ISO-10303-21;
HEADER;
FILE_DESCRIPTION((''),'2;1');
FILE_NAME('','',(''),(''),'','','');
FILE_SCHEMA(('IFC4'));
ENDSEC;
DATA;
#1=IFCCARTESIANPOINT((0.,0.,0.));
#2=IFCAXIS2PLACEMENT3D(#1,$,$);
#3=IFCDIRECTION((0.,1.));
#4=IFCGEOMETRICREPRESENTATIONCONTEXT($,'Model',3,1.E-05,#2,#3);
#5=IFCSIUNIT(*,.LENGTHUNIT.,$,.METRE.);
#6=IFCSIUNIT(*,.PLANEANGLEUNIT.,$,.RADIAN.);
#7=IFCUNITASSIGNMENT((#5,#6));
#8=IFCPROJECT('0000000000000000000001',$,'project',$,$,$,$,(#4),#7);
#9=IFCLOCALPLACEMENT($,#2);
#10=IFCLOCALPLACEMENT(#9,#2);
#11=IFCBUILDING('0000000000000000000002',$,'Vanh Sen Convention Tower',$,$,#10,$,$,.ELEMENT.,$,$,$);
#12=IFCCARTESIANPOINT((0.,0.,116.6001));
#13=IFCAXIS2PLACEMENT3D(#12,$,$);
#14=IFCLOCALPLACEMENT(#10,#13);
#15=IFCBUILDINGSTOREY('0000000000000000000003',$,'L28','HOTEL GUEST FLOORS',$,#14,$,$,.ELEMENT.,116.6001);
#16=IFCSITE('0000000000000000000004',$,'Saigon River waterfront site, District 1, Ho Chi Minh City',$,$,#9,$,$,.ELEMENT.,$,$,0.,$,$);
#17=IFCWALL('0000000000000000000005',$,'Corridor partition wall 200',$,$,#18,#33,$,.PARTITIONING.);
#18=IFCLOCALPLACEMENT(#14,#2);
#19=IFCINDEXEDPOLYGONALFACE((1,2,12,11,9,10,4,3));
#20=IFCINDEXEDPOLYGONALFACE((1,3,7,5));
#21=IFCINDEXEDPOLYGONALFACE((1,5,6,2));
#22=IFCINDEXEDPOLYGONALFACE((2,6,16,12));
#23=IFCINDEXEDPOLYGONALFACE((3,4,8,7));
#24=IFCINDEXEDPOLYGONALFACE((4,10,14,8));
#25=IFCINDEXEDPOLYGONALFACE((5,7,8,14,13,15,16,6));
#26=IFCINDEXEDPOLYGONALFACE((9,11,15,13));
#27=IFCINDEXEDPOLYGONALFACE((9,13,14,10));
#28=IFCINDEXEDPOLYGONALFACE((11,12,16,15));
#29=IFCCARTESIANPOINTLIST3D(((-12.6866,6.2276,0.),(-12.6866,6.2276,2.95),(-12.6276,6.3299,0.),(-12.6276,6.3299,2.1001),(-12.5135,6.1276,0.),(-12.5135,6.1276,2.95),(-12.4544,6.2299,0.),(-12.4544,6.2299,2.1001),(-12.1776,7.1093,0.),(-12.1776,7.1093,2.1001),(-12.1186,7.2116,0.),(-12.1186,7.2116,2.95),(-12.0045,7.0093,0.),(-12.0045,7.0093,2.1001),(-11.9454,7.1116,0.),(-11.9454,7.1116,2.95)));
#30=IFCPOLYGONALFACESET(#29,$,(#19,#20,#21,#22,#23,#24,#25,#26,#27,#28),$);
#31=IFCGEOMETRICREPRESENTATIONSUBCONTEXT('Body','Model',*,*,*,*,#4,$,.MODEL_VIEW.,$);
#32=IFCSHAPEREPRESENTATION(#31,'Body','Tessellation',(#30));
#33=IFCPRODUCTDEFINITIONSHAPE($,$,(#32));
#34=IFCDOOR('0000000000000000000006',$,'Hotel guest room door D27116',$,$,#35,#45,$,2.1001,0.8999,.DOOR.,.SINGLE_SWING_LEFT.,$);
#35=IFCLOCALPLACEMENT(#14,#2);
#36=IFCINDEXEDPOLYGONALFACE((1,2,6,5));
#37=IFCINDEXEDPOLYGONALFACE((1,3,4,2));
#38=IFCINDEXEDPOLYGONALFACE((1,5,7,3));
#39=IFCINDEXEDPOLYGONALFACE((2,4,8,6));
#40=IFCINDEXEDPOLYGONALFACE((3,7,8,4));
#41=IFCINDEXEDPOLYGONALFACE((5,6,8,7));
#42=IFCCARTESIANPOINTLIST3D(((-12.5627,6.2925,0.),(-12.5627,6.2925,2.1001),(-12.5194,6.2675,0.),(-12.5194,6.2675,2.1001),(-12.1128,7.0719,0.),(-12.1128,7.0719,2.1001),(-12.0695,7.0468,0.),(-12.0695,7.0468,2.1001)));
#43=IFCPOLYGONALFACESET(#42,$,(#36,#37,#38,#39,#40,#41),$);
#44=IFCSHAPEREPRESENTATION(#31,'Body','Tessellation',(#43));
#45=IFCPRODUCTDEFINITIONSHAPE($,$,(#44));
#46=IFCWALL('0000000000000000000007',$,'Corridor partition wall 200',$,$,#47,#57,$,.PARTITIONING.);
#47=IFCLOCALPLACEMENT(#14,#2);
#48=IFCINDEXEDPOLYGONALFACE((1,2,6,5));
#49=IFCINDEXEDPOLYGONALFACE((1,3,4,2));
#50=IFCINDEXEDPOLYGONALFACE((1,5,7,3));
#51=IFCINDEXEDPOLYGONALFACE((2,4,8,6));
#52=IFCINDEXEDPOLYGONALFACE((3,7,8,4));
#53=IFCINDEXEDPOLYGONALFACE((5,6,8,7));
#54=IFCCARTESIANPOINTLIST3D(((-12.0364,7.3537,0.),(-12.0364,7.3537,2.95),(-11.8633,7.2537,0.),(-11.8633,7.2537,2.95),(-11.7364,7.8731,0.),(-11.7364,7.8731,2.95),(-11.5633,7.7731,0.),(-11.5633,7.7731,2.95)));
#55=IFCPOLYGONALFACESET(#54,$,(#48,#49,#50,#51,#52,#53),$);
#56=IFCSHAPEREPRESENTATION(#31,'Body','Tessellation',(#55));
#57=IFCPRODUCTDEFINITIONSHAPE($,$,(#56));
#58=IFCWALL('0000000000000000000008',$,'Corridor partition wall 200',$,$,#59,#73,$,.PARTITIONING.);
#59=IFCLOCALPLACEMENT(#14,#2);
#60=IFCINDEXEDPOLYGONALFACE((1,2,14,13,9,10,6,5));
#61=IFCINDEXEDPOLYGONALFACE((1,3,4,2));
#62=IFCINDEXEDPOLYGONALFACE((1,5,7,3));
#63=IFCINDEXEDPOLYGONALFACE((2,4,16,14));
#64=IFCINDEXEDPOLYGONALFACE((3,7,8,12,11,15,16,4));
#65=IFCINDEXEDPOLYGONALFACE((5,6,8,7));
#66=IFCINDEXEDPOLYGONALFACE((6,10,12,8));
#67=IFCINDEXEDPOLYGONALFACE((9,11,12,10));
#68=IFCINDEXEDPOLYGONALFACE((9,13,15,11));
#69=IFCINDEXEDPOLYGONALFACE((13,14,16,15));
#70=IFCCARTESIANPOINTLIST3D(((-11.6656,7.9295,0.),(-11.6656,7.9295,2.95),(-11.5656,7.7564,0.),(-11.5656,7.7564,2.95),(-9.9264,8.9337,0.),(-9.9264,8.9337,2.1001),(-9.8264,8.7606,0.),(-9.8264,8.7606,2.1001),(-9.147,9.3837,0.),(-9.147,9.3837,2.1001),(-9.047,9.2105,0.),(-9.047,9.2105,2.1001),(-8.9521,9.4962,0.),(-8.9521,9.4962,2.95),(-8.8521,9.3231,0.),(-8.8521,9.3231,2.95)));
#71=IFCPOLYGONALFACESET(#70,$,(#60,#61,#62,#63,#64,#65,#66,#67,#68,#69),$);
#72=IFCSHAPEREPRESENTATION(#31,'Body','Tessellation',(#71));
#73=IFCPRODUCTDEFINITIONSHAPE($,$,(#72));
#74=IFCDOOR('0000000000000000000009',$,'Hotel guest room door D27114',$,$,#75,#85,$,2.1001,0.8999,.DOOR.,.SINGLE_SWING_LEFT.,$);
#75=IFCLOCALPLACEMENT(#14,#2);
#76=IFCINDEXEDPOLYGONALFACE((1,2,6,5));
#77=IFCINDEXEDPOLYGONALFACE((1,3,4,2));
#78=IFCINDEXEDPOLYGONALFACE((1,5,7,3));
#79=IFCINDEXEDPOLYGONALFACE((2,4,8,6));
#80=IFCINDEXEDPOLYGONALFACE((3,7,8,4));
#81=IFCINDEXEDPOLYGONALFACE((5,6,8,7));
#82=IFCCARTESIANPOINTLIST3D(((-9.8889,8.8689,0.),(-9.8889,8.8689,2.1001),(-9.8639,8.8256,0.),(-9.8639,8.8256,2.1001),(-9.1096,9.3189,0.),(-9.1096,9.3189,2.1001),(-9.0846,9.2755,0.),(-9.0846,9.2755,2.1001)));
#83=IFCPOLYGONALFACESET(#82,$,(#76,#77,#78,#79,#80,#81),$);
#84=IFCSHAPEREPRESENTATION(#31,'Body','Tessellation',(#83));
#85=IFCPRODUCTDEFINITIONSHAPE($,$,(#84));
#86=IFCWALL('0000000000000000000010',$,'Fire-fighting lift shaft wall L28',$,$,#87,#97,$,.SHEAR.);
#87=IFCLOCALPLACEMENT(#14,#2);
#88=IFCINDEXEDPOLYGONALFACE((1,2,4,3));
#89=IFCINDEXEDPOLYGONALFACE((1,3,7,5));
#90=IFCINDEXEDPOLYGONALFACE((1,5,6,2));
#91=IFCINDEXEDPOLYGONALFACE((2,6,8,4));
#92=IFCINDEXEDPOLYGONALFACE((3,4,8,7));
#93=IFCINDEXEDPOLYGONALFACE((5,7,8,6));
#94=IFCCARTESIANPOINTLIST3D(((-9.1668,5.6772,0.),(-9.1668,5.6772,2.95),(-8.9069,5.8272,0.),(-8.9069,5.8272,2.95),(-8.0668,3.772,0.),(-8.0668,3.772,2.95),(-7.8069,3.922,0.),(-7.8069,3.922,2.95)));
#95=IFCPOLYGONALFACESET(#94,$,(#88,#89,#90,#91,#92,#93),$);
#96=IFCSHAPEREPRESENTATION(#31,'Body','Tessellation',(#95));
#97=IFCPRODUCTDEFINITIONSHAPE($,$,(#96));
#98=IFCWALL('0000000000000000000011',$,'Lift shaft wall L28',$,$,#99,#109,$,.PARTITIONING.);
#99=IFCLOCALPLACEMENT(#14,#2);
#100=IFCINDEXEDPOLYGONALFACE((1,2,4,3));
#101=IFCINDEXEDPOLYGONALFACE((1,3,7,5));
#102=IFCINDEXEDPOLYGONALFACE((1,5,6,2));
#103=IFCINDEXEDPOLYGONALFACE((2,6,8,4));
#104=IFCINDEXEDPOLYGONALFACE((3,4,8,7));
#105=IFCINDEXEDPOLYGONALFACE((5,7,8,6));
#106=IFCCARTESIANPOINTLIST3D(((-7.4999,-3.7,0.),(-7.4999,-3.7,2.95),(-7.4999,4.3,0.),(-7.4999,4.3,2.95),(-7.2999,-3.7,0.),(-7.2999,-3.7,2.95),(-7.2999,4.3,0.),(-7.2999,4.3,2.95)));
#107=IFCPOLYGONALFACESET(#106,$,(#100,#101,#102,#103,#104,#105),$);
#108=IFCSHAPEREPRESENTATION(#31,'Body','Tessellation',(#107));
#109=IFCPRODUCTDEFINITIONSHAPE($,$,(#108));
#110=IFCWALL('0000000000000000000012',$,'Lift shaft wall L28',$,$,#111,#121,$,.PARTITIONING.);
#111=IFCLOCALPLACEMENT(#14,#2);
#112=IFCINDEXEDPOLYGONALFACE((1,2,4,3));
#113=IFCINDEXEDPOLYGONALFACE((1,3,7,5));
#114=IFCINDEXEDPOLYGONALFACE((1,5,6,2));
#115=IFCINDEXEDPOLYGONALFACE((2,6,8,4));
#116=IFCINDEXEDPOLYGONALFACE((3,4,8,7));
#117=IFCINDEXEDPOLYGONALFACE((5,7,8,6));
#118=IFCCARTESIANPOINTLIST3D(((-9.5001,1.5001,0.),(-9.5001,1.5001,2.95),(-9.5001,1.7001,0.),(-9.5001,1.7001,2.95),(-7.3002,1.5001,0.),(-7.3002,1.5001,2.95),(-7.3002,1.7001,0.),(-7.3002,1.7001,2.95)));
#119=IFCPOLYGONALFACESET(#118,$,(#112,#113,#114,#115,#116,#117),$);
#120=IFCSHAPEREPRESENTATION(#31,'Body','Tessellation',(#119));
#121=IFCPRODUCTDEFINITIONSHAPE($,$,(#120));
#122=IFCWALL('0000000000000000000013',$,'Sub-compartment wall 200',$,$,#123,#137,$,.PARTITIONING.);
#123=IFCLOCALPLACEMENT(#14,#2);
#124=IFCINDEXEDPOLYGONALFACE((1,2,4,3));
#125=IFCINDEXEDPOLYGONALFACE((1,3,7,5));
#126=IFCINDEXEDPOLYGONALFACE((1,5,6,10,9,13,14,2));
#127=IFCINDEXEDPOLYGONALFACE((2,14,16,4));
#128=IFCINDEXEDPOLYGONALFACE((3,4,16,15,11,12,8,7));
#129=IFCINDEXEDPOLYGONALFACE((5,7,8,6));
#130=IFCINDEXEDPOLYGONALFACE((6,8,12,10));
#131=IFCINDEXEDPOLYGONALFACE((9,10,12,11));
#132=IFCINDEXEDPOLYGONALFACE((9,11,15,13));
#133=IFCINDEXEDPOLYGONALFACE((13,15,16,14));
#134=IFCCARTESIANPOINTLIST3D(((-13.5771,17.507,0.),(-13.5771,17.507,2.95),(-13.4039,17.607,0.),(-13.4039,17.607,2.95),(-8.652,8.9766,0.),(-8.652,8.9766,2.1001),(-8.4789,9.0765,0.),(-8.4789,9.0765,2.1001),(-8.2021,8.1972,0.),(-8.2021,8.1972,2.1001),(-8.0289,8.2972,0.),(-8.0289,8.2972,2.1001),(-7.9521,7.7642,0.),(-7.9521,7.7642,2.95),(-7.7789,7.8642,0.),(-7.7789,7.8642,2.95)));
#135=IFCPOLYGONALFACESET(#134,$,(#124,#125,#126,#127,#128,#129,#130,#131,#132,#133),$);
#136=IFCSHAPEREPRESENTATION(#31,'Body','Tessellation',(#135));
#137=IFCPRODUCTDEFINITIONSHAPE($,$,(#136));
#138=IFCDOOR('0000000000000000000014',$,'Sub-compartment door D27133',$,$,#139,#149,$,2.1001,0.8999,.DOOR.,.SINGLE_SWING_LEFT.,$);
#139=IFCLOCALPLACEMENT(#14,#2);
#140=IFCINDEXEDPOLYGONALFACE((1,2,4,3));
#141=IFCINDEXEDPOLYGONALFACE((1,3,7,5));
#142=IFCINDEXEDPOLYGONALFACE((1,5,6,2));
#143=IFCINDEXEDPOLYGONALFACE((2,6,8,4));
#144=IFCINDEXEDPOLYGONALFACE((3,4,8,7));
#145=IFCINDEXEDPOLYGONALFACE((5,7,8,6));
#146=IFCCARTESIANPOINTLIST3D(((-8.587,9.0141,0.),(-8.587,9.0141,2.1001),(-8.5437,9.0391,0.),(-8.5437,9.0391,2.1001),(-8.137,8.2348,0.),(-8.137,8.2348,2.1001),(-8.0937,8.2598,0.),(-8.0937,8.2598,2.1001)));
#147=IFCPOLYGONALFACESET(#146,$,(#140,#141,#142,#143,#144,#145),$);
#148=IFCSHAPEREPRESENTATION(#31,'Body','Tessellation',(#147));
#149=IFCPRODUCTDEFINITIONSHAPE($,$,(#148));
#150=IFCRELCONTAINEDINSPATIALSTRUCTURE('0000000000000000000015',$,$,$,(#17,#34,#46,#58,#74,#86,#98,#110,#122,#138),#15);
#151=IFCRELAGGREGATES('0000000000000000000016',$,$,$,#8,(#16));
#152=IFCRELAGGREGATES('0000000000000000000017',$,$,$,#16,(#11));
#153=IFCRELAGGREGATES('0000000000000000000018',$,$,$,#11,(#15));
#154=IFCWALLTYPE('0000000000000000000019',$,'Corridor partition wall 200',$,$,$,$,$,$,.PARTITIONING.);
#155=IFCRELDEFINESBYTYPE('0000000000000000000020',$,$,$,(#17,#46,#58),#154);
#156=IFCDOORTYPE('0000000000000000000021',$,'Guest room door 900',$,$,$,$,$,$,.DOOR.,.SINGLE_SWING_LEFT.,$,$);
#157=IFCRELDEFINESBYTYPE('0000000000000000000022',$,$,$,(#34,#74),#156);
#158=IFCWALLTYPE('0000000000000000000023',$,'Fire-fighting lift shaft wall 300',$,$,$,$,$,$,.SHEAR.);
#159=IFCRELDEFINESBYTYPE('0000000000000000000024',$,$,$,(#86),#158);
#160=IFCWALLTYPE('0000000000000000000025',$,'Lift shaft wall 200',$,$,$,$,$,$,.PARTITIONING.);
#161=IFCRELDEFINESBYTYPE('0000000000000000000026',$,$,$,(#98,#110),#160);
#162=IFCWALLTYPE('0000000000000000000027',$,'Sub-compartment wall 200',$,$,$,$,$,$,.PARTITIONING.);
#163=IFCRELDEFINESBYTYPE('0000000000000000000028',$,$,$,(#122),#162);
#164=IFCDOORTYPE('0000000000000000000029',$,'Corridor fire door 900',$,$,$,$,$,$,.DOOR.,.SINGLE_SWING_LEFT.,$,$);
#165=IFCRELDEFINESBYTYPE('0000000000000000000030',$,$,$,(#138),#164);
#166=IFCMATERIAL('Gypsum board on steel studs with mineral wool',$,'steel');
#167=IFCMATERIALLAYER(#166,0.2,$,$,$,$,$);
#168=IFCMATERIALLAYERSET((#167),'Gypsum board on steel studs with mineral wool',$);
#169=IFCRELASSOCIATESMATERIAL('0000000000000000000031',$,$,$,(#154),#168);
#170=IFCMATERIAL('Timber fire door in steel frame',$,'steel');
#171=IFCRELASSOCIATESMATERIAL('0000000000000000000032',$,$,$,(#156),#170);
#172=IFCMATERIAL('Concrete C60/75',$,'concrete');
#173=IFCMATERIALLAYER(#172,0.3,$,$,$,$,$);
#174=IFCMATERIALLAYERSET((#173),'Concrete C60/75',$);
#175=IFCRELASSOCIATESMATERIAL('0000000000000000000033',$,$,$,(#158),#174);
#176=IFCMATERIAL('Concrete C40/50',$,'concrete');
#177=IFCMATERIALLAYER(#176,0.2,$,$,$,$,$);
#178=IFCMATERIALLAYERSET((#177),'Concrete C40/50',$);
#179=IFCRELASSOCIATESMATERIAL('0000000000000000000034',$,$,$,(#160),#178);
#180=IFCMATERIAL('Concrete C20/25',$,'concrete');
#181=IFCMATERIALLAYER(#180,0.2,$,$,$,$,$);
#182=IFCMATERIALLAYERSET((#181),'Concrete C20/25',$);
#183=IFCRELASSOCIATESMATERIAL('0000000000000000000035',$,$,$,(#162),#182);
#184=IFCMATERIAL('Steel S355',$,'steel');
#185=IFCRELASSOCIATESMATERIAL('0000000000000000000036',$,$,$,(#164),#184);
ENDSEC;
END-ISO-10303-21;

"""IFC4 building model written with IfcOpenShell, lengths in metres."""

from ifc_helpers import new_model, si_unit, direction, frame, frame_2d, origin, place, context, subcontext, project, spatial, rectangle, extrude, material, layer, layer_set, type_object, element, fill, save


model = new_model("IFC4")

# Units and contexts
model_context = context("Model", 3, precision=1e-05, world=origin(), true_north=direction((0.0, 1.0)))
body_context = subcontext(model_context, "Body", "Model", "MODEL_VIEW")
ifc_project = project(units=[si_unit("LENGTHUNIT", "METRE"), si_unit("PLANEANGLEUNIT", "RADIAN")], contexts=[model_context])

# Site, building, storey
site_placement = place(None, origin())
site = spatial("IfcSite", under=ifc_project, at=site_placement, Name="Saigon River waterfront site, District 1, Ho Chi Minh City", CompositionType="ELEMENT", RefElevation=0.0)
building_placement = place(site_placement, origin())
building = spatial("IfcBuilding", under=site, at=building_placement, Name="Vanh Sen Convention Tower", CompositionType="ELEMENT")
storey_placement = place(building_placement, frame((0.0, 0.0, 116.6001)))
storey = spatial("IfcBuildingStorey", under=building, at=storey_placement, Name="L28", Description="HOTEL GUEST FLOORS", CompositionType="ELEMENT", Elevation=116.6001)

# Shared definitions
ifc_material_1 = material(Name="Gypsum board on steel studs with mineral wool", Category="steel")
ifc_layer_1 = layer(ifc_material_1, 0.2)
ifc_layer_set_1 = layer_set([ifc_layer_1], Name="Gypsum board on steel studs with mineral wool")
wall_type_1 = type_object("IfcWallType", Name="Corridor partition wall 200", PredefinedType="PARTITIONING", material=ifc_layer_set_1)
ifc_material_2 = material(Name="Timber fire door in steel frame", Category="steel")
door_type_1 = type_object("IfcDoorType", Name="Guest room door 900", OperationType="SINGLE_SWING_LEFT", PredefinedType="DOOR", material=ifc_material_2)

# Wall, opening, door
wall_1_placement = place(storey_placement, frame((-12.032, 7.1616, 0.0), z_axis=(0.0, 0.0, 1.0), x_axis=(-0.499952, -0.866053, 0.0)))
wall_1 = element("IfcWall", 1, at=wall_1_placement, inside=storey, type_object=wall_type_1, Name="Corridor partition wall 200", PredefinedType="PARTITIONING", context=body_context, shape_type="SweptSolid", body=[
    extrude(rectangle(XDim=1.1362, YDim=0.2, at=frame_2d((0.5681, 0.0))), origin(), (0.0, 0.0, 1.0), 2.95),
])
opening_1_placement = place(wall_1_placement, frame((0.1182, 0.0, 0.0)))
opening_1 = element("IfcOpeningElement", 2, at=opening_1_placement, cuts=wall_1, PredefinedType="OPENING", context=body_context, shape_type="SweptSolid", body=[
    extrude(rectangle(XDim=0.8999, YDim=2.1001, at=frame_2d((0.45, 1.05))), frame((0.0, 0.1099, 0.0), z_axis=(0.0, -1.0, 0.0), x_axis=(1.0, 0.0, 0.0)), (0.0, 0.0, 1.0), 0.22),
])
door_1_placement = place(opening_1_placement, origin())
door_1 = element("IfcDoor", 3, at=door_1_placement, inside=storey, type_object=door_type_1, Name="Hotel guest room door D27116", OperationType="SINGLE_SWING_LEFT", OverallHeight=2.1001, OverallWidth=0.8999, PredefinedType="DOOR", context=body_context, shape_type="SweptSolid", body=[
    extrude(rectangle(XDim=0.8999, YDim=2.1001, at=frame_2d((0.45, 1.05))), frame((0.0, 0.0249, 0.0), z_axis=(0.0, -1.0, 0.0), x_axis=(1.0, 0.0, 0.0)), (0.0, 0.0, 1.0), 0.05),
])
fill(opening_1, door_1)

# Wall
wall_2_placement = place(storey_placement, frame((-11.6499, 7.823, 0.0), z_axis=(0.0, 0.0, 1.0), x_axis=(-0.500122, -0.865955, 0.0)))
element("IfcWall", 4, at=wall_2_placement, inside=storey, type_object=wall_type_1, Name="Corridor partition wall 200", PredefinedType="PARTITIONING", context=body_context, shape_type="SweptSolid", body=[
    extrude(rectangle(XDim=0.5999, YDim=0.2, at=frame_2d((0.2998, 0.0))), origin(), (0.0, 0.0, 1.0), 2.95),
])

# Wall, opening, door
wall_3_placement = place(storey_placement, frame((-8.9021, 9.4097, 0.0), z_axis=(0.0, 0.0, 1.0), x_axis=(-0.866014, -0.500019, 0.0)))
wall_3 = element("IfcWall", 5, at=wall_3_placement, inside=storey, type_object=wall_type_1, Name="Corridor partition wall 200", PredefinedType="PARTITIONING", context=body_context, shape_type="SweptSolid", body=[
    extrude(rectangle(XDim=3.1333, YDim=0.2, at=frame_2d((1.5667, 0.0))), origin(), (0.0, 0.0, 1.0), 2.95),
])
opening_2_placement = place(wall_3_placement, frame((0.2251, 0.0, 0.0)))
opening_2 = element("IfcOpeningElement", 6, at=opening_2_placement, cuts=wall_3, PredefinedType="OPENING", context=body_context, shape_type="SweptSolid", body=[
    extrude(rectangle(XDim=0.8999, YDim=2.1001, at=frame_2d((0.45, 1.05))), frame((0.0, 0.1099, 0.0), z_axis=(0.0, -1.0, 0.0), x_axis=(1.0, 0.0, 0.0)), (0.0, 0.0, 1.0), 0.22),
])
door_2_placement = place(opening_2_placement, origin())
door_2 = element("IfcDoor", 7, at=door_2_placement, inside=storey, type_object=door_type_1, Name="Hotel guest room door D27114", OperationType="SINGLE_SWING_LEFT", OverallHeight=2.1001, OverallWidth=0.8999, PredefinedType="DOOR", context=body_context, shape_type="SweptSolid", body=[
    extrude(rectangle(XDim=0.8999, YDim=2.1001, at=frame_2d((0.45, 1.05))), frame((0.0, 0.0249, 0.0), z_axis=(0.0, -1.0, 0.0), x_axis=(1.0, 0.0, 0.0)), (0.0, 0.0, 1.0), 0.05),
])
fill(opening_2, door_2)

# Walls
ifc_material_3 = material(Name="Concrete C60/75", Category="concrete")
ifc_layer_2 = layer(ifc_material_3, 0.3)
ifc_layer_set_2 = layer_set([ifc_layer_2], Name="Concrete C60/75")
wall_type_2 = type_object("IfcWallType", Name="Fire-fighting lift shaft wall 300", PredefinedType="SHEAR", material=ifc_layer_set_2)
wall_4_placement = place(storey_placement, frame((-7.9368, 3.8469, 0.0), z_axis=(0.0, 0.0, 1.0), x_axis=(-0.50003, 0.866008, 0.0)))
element("IfcWall", 8, at=wall_4_placement, inside=storey, type_object=wall_type_2, Name="Fire-fighting lift shaft wall L28", PredefinedType="SHEAR", context=body_context, shape_type="SweptSolid", body=[
    extrude(rectangle(XDim=2.2, YDim=0.3, at=frame_2d((1.1001, 0.0))), origin(), (0.0, 0.0, 1.0), 2.95),
])
ifc_material_4 = material(Name="Concrete C40/50", Category="concrete")
ifc_layer_3 = layer(ifc_material_4, 0.2)
ifc_layer_set_3 = layer_set([ifc_layer_3], Name="Concrete C40/50")
wall_type_3 = type_object("IfcWallType", Name="Lift shaft wall 200", PredefinedType="PARTITIONING", material=ifc_layer_set_3)
wall_5_placement = place(storey_placement, frame((-7.3999, 4.3, 0.0), z_axis=(0.0, 0.0, 1.0), x_axis=(0.0, -1.0, 0.0)))
element("IfcWall", 9, at=wall_5_placement, inside=storey, type_object=wall_type_3, Name="Lift shaft wall L28", PredefinedType="PARTITIONING", context=body_context, shape_type="SweptSolid", body=[
    extrude(rectangle(XDim=8.0, YDim=0.2, at=frame_2d((4.0, 0.0))), origin(), (0.0, 0.0, 1.0), 2.95),
])
wall_6_placement = place(storey_placement, frame((-7.3, 1.6001, 0.0), z_axis=(0.0, 0.0, 1.0), x_axis=(-1.0, 0.0, 0.0)))
element("IfcWall", 10, at=wall_6_placement, inside=storey, type_object=wall_type_3, Name="Lift shaft wall L28", PredefinedType="PARTITIONING", context=body_context, shape_type="SweptSolid", body=[
    extrude(rectangle(XDim=2.2, YDim=0.2, at=frame_2d((1.1001, 0.0))), origin(), (0.0, 0.0, 1.0), 2.95),
])

# Wall, opening, door
ifc_material_5 = material(Name="Concrete C20/25", Category="concrete")
ifc_layer_4 = layer(ifc_material_5, 0.2)
ifc_layer_set_4 = layer_set([ifc_layer_4], Name="Concrete C20/25")
wall_type_4 = type_object("IfcWallType", Name="Sub-compartment wall 200", PredefinedType="PARTITIONING", material=ifc_layer_set_4)
wall_7_placement = place(storey_placement, frame((-7.8655, 7.8142, 0.0), z_axis=(0.0, 0.0, 1.0), x_axis=(-0.500004, 0.866023, 0.0)))
wall_7 = element("IfcWall", 11, at=wall_7_placement, inside=storey, type_object=wall_type_4, Name="Sub-compartment wall 200", PredefinedType="PARTITIONING", context=body_context, shape_type="SweptSolid", body=[
    extrude(rectangle(XDim=11.25, YDim=0.2, at=frame_2d((5.625, 0.0))), origin(), (0.0, 0.0, 1.0), 2.95),
])
opening_3_placement = place(wall_7_placement, frame((0.5, 0.0, 0.0)))
opening_3 = element("IfcOpeningElement", 12, at=opening_3_placement, cuts=wall_7, PredefinedType="OPENING", context=body_context, shape_type="SweptSolid", body=[
    extrude(rectangle(XDim=0.8999, YDim=2.1001, at=frame_2d((0.45, 1.05))), frame((0.0, 0.1099, 0.0), z_axis=(0.0, -1.0, 0.0), x_axis=(1.0, 0.0, 0.0)), (0.0, 0.0, 1.0), 0.22),
])
ifc_material_6 = material(Name="Steel S355", Category="steel")
door_type_2 = type_object("IfcDoorType", Name="Corridor fire door 900", OperationType="SINGLE_SWING_LEFT", PredefinedType="DOOR", material=ifc_material_6)
door_3_placement = place(opening_3_placement, origin())
door_3 = element("IfcDoor", 13, at=door_3_placement, inside=storey, type_object=door_type_2, Name="Sub-compartment door D27133", OperationType="SINGLE_SWING_LEFT", OverallHeight=2.1001, OverallWidth=0.8999, PredefinedType="DOOR", context=body_context, shape_type="SweptSolid", body=[
    extrude(rectangle(XDim=0.8999, YDim=2.1001, at=frame_2d((0.45, 1.05))), frame((0.0, 0.0249, 0.0), z_axis=(0.0, -1.0, 0.0), x_axis=(1.0, 0.0, 0.0)), (0.0, 0.0, 1.0), 0.05),
])
fill(opening_3, door_3)

save(model, "model.ifc")
